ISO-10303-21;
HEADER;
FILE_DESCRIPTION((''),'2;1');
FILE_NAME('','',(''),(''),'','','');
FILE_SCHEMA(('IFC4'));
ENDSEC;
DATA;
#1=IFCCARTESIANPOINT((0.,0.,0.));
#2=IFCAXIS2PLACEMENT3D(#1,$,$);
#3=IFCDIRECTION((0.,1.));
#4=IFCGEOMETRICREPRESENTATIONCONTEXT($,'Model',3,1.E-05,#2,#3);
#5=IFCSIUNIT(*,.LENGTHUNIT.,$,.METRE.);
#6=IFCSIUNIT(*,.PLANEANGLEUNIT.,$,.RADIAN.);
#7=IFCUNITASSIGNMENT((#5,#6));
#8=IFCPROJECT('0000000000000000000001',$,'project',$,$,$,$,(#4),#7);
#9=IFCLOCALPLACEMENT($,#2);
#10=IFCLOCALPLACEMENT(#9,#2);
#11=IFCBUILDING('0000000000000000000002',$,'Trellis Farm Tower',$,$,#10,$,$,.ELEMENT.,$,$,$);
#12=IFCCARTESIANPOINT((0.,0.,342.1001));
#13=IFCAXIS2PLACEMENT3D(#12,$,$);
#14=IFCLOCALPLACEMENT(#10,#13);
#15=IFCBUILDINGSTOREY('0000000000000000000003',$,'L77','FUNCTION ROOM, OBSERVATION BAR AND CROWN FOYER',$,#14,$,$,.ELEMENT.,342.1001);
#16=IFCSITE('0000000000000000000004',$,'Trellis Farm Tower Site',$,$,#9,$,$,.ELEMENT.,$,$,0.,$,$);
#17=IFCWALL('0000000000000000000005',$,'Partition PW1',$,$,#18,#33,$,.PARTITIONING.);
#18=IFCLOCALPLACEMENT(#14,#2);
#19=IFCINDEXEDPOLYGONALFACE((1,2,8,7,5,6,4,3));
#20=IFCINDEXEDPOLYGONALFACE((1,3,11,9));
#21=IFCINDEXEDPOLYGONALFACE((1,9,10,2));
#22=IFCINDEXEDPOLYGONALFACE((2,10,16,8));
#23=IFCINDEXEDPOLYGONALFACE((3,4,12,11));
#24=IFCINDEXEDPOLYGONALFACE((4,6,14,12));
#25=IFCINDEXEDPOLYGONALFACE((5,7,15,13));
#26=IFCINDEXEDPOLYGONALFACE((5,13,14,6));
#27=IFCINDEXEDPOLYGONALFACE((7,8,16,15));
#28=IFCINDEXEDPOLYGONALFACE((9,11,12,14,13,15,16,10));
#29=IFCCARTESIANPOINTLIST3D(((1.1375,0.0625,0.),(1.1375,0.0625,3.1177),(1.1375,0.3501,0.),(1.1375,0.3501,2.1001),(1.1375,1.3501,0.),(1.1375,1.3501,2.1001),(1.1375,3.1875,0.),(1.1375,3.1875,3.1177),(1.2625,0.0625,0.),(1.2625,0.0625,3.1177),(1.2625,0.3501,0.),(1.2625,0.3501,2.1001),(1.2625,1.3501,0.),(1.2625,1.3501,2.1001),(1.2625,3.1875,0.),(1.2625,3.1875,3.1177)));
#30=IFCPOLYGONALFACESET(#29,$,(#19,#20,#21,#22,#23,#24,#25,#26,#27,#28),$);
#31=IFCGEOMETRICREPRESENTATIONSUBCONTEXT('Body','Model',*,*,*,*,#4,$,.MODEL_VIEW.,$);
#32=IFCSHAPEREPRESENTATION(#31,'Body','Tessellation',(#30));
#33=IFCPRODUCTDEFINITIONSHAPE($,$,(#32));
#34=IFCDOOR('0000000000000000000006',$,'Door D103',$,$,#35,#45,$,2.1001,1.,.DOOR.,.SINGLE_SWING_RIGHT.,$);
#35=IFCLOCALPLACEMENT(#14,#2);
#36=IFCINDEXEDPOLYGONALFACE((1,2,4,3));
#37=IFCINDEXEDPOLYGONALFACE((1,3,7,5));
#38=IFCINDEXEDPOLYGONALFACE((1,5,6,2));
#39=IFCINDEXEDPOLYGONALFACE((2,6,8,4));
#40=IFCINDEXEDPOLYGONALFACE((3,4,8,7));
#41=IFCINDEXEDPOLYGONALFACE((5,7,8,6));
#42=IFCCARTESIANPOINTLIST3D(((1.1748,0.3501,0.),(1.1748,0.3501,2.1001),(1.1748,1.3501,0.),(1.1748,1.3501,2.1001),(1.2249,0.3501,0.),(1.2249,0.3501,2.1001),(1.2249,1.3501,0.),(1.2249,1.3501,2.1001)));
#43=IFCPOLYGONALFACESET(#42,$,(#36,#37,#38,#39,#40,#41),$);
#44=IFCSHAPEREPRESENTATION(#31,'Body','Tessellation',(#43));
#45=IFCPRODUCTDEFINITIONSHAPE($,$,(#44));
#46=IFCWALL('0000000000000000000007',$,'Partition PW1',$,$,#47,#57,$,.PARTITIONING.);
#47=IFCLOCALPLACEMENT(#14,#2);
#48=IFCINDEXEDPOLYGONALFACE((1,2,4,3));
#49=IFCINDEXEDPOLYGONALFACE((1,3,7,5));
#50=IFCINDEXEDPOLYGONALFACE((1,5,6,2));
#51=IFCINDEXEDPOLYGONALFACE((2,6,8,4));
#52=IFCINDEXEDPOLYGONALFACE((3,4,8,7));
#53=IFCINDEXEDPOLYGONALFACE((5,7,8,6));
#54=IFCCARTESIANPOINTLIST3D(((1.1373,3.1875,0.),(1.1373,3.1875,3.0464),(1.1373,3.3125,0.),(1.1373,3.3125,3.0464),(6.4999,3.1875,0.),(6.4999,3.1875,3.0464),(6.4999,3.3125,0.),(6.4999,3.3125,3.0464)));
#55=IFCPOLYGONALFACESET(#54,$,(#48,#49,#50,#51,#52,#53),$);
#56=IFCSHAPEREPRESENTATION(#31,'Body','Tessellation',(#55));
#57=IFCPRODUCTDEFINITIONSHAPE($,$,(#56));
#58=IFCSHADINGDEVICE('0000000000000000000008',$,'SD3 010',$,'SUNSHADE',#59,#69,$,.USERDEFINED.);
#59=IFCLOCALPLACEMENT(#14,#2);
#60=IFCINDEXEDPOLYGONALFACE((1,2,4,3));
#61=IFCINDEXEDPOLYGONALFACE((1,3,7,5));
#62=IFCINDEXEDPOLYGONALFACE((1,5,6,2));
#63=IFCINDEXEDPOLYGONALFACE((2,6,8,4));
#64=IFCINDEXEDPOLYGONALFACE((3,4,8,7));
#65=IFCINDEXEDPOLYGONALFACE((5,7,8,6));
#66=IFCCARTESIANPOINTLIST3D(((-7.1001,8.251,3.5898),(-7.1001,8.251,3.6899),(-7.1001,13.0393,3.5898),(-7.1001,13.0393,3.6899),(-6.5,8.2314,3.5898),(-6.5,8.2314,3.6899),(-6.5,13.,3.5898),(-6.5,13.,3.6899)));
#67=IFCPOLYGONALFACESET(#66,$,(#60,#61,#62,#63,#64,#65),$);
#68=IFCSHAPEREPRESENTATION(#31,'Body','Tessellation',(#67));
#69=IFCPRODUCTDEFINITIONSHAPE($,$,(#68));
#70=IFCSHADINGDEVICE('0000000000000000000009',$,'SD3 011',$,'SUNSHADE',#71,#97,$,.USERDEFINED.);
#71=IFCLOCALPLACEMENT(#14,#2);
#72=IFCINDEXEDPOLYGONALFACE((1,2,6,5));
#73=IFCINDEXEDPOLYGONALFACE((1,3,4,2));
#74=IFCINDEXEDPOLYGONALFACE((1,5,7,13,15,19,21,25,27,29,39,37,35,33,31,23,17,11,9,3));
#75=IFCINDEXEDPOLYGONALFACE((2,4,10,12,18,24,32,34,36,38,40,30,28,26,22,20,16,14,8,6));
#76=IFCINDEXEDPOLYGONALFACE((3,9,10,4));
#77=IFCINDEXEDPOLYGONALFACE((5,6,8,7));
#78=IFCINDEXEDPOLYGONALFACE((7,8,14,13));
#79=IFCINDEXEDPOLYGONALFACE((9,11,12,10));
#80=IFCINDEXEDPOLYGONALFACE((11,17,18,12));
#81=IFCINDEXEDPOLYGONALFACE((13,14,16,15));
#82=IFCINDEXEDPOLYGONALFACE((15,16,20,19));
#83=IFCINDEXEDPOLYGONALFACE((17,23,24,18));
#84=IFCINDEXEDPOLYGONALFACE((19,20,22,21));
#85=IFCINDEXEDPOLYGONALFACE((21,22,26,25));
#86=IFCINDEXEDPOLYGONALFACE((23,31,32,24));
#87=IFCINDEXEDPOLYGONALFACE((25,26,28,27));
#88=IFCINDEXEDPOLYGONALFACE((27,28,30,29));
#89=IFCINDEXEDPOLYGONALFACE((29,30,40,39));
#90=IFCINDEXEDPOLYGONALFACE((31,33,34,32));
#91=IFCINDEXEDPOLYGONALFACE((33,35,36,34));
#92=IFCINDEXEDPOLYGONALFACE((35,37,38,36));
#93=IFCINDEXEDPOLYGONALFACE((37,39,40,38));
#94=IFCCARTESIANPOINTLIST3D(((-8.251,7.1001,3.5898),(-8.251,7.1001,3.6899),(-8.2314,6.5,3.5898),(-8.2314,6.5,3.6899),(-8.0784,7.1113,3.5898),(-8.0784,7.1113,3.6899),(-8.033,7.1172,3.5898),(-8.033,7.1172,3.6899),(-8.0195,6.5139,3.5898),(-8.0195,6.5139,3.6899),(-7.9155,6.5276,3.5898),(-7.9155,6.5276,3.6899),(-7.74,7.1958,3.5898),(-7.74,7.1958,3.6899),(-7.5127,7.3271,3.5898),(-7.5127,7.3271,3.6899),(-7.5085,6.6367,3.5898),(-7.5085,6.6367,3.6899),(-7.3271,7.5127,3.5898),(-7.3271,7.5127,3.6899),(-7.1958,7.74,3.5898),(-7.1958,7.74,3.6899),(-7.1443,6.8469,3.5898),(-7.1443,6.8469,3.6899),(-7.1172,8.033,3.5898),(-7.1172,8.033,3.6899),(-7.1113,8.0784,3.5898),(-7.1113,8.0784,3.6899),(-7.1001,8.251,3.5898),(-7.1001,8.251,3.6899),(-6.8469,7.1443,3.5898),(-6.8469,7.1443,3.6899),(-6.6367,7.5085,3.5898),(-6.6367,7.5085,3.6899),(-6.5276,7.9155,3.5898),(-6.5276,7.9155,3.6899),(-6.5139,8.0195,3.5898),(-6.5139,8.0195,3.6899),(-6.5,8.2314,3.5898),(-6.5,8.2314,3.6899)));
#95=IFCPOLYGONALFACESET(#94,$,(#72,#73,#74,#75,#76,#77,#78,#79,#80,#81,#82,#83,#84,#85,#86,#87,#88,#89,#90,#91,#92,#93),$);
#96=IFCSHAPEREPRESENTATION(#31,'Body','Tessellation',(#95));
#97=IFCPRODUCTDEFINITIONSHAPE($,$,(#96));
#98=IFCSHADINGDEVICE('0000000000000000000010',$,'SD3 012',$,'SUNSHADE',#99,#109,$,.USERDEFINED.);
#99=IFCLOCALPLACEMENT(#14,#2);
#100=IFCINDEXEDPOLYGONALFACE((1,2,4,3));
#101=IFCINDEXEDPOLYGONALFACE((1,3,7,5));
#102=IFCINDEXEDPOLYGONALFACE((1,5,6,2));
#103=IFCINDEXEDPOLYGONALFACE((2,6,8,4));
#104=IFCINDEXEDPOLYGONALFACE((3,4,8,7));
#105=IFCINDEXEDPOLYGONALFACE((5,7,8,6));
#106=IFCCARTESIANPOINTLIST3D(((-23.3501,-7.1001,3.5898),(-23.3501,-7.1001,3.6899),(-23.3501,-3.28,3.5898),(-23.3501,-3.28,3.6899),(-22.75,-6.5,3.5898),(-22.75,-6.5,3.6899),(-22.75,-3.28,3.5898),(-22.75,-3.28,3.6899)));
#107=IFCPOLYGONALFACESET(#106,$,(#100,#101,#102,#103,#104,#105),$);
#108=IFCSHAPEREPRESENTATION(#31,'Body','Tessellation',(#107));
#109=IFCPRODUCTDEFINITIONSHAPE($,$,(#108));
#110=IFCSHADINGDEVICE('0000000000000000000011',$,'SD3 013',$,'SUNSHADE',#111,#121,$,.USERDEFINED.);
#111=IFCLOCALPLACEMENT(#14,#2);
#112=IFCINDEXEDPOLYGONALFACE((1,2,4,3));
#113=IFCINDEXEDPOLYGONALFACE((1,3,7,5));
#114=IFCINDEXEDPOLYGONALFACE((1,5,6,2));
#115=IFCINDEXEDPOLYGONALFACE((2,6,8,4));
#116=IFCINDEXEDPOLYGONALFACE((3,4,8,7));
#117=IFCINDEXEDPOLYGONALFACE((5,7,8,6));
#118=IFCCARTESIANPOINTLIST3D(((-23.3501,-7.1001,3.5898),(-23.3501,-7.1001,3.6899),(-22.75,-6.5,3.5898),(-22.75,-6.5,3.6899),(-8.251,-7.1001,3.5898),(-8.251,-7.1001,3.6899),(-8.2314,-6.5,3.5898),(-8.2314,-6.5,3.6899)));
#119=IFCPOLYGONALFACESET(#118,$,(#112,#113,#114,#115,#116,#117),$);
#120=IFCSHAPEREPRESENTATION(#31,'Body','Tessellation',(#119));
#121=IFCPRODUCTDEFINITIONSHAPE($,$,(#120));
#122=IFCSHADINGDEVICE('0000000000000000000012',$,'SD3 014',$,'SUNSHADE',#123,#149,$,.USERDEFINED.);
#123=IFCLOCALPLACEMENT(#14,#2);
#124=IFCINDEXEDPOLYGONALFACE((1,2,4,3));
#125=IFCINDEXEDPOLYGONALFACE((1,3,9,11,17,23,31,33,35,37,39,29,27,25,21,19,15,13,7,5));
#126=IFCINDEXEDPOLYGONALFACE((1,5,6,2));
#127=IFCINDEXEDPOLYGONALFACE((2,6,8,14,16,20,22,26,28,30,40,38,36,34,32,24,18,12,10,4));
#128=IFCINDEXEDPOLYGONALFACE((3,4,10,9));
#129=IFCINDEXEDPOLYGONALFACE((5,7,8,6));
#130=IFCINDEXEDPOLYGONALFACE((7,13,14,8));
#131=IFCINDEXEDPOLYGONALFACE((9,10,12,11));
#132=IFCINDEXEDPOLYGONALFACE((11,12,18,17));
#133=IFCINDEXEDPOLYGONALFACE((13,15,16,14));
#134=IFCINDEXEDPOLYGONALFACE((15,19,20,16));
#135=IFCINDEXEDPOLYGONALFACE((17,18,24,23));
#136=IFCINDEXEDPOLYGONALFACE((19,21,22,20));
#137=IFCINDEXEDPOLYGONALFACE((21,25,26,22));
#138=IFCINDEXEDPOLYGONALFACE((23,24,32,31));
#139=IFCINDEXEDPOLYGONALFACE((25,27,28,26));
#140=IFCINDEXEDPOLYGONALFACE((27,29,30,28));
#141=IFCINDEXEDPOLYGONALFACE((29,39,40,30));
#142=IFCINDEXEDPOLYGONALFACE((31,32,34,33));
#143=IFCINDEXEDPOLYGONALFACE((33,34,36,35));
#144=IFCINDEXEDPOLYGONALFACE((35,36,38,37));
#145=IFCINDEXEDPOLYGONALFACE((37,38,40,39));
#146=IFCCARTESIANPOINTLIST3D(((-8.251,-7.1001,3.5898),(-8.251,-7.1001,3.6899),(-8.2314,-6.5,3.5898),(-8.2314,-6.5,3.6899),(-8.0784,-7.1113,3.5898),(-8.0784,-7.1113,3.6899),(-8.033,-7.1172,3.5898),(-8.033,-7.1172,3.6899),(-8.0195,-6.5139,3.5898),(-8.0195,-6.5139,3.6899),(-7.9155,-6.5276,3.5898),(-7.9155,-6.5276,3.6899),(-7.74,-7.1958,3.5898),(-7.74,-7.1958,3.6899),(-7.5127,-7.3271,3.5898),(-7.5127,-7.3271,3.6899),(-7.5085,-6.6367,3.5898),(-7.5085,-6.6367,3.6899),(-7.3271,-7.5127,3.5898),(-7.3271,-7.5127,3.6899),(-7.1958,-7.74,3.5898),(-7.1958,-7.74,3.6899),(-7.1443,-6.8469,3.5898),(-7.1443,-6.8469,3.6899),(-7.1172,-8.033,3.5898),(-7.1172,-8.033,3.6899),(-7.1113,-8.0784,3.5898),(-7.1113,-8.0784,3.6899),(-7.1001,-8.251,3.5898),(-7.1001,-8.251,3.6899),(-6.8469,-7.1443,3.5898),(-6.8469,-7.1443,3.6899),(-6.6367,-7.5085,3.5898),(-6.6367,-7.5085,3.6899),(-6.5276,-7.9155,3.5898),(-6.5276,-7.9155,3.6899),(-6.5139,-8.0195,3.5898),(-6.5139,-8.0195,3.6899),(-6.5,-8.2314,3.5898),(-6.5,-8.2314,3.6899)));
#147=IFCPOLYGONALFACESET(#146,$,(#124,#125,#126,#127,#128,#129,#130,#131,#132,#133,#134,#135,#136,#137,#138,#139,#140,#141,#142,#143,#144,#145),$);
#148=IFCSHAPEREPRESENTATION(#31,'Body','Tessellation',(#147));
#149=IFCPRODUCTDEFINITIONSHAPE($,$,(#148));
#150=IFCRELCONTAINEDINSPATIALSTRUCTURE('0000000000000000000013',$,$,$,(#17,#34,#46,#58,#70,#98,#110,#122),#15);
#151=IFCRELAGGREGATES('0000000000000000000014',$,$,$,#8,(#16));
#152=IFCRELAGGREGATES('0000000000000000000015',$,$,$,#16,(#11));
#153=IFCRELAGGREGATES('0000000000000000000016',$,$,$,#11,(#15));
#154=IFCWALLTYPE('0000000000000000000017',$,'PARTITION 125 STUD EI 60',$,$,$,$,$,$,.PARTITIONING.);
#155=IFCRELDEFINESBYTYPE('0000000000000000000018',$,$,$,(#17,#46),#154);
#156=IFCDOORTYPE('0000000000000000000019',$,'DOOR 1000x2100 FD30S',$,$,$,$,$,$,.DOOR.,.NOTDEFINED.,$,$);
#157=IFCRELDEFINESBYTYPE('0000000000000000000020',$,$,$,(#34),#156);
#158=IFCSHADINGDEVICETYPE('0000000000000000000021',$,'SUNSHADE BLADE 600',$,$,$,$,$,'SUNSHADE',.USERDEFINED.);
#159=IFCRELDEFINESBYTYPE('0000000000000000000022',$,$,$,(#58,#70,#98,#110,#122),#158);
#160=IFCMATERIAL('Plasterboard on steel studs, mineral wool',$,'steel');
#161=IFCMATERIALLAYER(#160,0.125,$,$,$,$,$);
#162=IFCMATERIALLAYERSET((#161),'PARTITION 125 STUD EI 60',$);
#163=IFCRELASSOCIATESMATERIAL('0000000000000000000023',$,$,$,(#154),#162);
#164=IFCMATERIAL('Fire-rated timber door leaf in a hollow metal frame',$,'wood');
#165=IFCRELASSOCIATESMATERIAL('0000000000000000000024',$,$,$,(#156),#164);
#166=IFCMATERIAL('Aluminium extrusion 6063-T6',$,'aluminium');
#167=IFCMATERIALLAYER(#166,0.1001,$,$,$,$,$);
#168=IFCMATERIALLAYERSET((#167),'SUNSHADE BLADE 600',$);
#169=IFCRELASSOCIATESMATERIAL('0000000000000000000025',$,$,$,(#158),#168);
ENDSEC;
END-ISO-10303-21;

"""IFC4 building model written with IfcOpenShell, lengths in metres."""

from ifc_helpers import new_model, si_unit, direction, frame, frame_2d, origin, place, context, subcontext, project, spatial, polyline, rectangle, outline, extrude, source, transform, mapped, material, layer, layer_set, type_object, element, fill, save


model = new_model("IFC4")

# Units and contexts
model_context = context("Model", 3, precision=1e-05, world=origin(), true_north=direction((0.0, 1.0)))
body_context = subcontext(model_context, "Body", "Model", "MODEL_VIEW")
ifc_project = project(units=[si_unit("LENGTHUNIT", "METRE"), si_unit("PLANEANGLEUNIT", "RADIAN")], contexts=[model_context])

# Site, building, storey
site_placement = place(None, origin())
site = spatial("IfcSite", under=ifc_project, at=site_placement, Name="Trellis Farm Tower Site", CompositionType="ELEMENT", RefElevation=0.0)
building_placement = place(site_placement, origin())
building = spatial("IfcBuilding", under=site, at=building_placement, Name="Trellis Farm Tower", CompositionType="ELEMENT")
storey_placement = place(building_placement, frame((0.0, 0.0, 342.1001)))
storey = spatial("IfcBuildingStorey", under=building, at=storey_placement, Name="L77", Description="FUNCTION ROOM, OBSERVATION BAR AND CROWN FOYER", CompositionType="ELEMENT", Elevation=342.1001)

# Shared definitions
ifc_material_1 = material(Name="Aluminium extrusion 6063-T6", Category="aluminium")

# Wall, opening, door
ifc_material_2 = material(Name="Plasterboard on steel studs, mineral wool", Category="steel")
ifc_layer_1 = layer(ifc_material_2, 0.125)
ifc_layer_set_1 = layer_set([ifc_layer_1], Name="PARTITION 125 STUD EI 60")
wall_type = type_object("IfcWallType", Name="PARTITION 125 STUD EI 60", PredefinedType="PARTITIONING", material=ifc_layer_set_1)
shared_shape_1 = source(origin(), body_context, "Body", "SweptSolid", [
    extrude(rectangle(XDim=3.125, YDim=0.125, at=frame_2d((1.5625, 0.0))), origin(), (0.0, 0.0, 1.0), 3.1177),
])
wall_1_placement = place(storey_placement, frame((1.2, 3.1875, 0.0), z_axis=(0.0, 0.0, 1.0), x_axis=(0.0, -1.0, 0.0)))
wall_1 = element("IfcWall", 1, at=wall_1_placement, inside=storey, type_object=wall_type, Name="Partition PW1", PredefinedType="PARTITIONING", context=body_context, shape_type="MappedRepresentation", body=[
    mapped(shared_shape_1, transform((0.0, 0.0, 0.0))),
])
shared_shape_2 = source(origin(), body_context, "Body", "SweptSolid", [
    extrude(rectangle(XDim=1.0, YDim=2.1001, at=frame_2d((0.5, 1.05))), frame((0.0, 0.0725, 0.0), z_axis=(0.0, -1.0, 0.0), x_axis=(1.0, 0.0, 0.0)), (0.0, 0.0, 1.0), 0.145),
])
opening_placement = place(wall_1_placement, frame((1.8374, 0.0, 0.0)))
opening = element("IfcOpeningElement", 2, at=opening_placement, cuts=wall_1, PredefinedType="OPENING", context=body_context, shape_type="MappedRepresentation", body=[
    mapped(shared_shape_2, transform((0.0, 0.0, 0.0))),
])
ifc_material_3 = material(Name="Fire-rated timber door leaf in a hollow metal frame", Category="wood")
door_type = type_object("IfcDoorType", Name="DOOR 1000x2100 FD30S", OperationType="NOTDEFINED", PredefinedType="DOOR", material=ifc_material_3)
shared_shape_3 = source(origin(), body_context, "Body", "SweptSolid", [
    extrude(rectangle(XDim=1.0, YDim=2.1001, at=frame_2d((0.5, 1.05))), frame((0.0, 0.0249, 0.0), z_axis=(0.0, -1.0, 0.0), x_axis=(1.0, 0.0, 0.0)), (0.0, 0.0, 1.0), 0.05),
])
door_placement = place(opening_placement, origin())
door = element("IfcDoor", 3, at=door_placement, inside=storey, type_object=door_type, Name="Door D103", OperationType="SINGLE_SWING_RIGHT", OverallHeight=2.1001, OverallWidth=1.0, PredefinedType="DOOR", context=body_context, shape_type="MappedRepresentation", body=[
    mapped(shared_shape_3, transform((0.0, 0.0, 0.0))),
])
fill(opening, door)

# Wall
shared_shape_4 = source(origin(), body_context, "Body", "SweptSolid", [
    extrude(rectangle(XDim=5.3625, YDim=0.125, at=frame_2d((2.6812, 0.0))), origin(), (0.0, 0.0, 1.0), 3.0464),
])
wall_2_placement = place(storey_placement, frame((1.1375, 3.25, 0.0), z_axis=(0.0, 0.0, 1.0), x_axis=(1.0, 0.0, 0.0)))
element("IfcWall", 4, at=wall_2_placement, inside=storey, type_object=wall_type, Name="Partition PW1", PredefinedType="PARTITIONING", context=body_context, shape_type="MappedRepresentation", body=[
    mapped(shared_shape_4, transform((0.0, 0.0, 0.0))),
])

# Shading devices
ifc_layer_2 = layer(ifc_material_1, 0.1001)
ifc_layer_set_2 = layer_set([ifc_layer_2], Name="SUNSHADE BLADE 600")
shading_device_type = type_object("IfcShadingDeviceType", Name="SUNSHADE BLADE 600", ElementType="SUNSHADE", PredefinedType="USERDEFINED", material=ifc_layer_set_2)
shared_shape_5 = source(origin(), body_context, "Body", "SweptSolid", [
    extrude(outline(polyline([(-7.1001, 13.0393), (-7.1001, 8.251), (-6.5, 8.2314), (-6.5, 13.0), (-7.1001, 13.0393)])), origin(), (0.0, 0.0, 1.0), 0.1001),
])
placement_1 = place(storey_placement, frame((0.0, 0.0, 3.5898)))
element("IfcShadingDevice", 5, at=placement_1, inside=storey, type_object=shading_device_type, Name="SD3 010", ObjectType="SUNSHADE", PredefinedType="USERDEFINED", context=body_context, shape_type="MappedRepresentation", body=[
    mapped(shared_shape_5, transform((0.0, 0.0, 0.0))),
])
shared_shape_6 = source(origin(), body_context, "Body", "SweptSolid", [
    extrude(outline(polyline([(-7.1001, 8.251), (-7.1113, 8.0784), (-7.1172, 8.033), (-7.1958, 7.74), (-7.3271, 7.5127), (-7.5127, 7.3271), (-7.74, 7.1958), (-8.033, 7.1172), (-8.0784, 7.1113), (-8.251, 7.1001), (-8.2314, 6.5), (-8.0195, 6.5139), (-7.9155, 6.5276), (-7.5085, 6.6367), (-7.1443, 6.8469), (-6.8469, 7.1443), (-6.6367, 7.5085), (-6.5276, 7.9155), (-6.5139, 8.0195), (-6.5, 8.2314), (-7.1001, 8.251)])), origin(), (0.0, 0.0, 1.0), 0.1001),
])
element("IfcShadingDevice", 6, at=placement_1, inside=storey, type_object=shading_device_type, Name="SD3 011", ObjectType="SUNSHADE", PredefinedType="USERDEFINED", context=body_context, shape_type="MappedRepresentation", body=[
    mapped(shared_shape_6, transform((0.0, 0.0, 0.0))),
])
shared_shape_7 = source(origin(), body_context, "Body", "SweptSolid", [
    extrude(outline(polyline([(-23.3501, -3.28), (-23.3501, -7.1001), (-22.75, -6.5), (-22.75, -3.28), (-23.3501, -3.28)])), origin(), (0.0, 0.0, 1.0), 0.1001),
])
element("IfcShadingDevice", 7, at=placement_1, inside=storey, type_object=shading_device_type, Name="SD3 012", ObjectType="SUNSHADE", PredefinedType="USERDEFINED", context=body_context, shape_type="MappedRepresentation", body=[
    mapped(shared_shape_7, transform((0.0, 0.0, 0.0))),
])
shared_shape_8 = source(origin(), body_context, "Body", "SweptSolid", [
    extrude(outline(polyline([(-23.3501, -7.1001), (-8.251, -7.1001), (-8.2314, -6.5), (-22.75, -6.5), (-23.3501, -7.1001)])), origin(), (0.0, 0.0, 1.0), 0.1001),
])
element("IfcShadingDevice", 8, at=placement_1, inside=storey, type_object=shading_device_type, Name="SD3 013", ObjectType="SUNSHADE", PredefinedType="USERDEFINED", context=body_context, shape_type="MappedRepresentation", body=[
    mapped(shared_shape_8, transform((0.0, 0.0, 0.0))),
])
shared_shape_9 = source(origin(), body_context, "Body", "SweptSolid", [
    extrude(outline(polyline([(-8.251, -7.1001), (-8.0784, -7.1113), (-8.033, -7.1172), (-7.74, -7.1958), (-7.5127, -7.3271), (-7.3271, -7.5127), (-7.1958, -7.74), (-7.1172, -8.033), (-7.1113, -8.0784), (-7.1001, -8.251), (-6.5, -8.2314), (-6.5139, -8.0195), (-6.5276, -7.9155), (-6.6367, -7.5085), (-6.8469, -7.1443), (-7.1443, -6.8469), (-7.5085, -6.6367), (-7.9155, -6.5276), (-8.0195, -6.5139), (-8.2314, -6.5), (-8.251, -7.1001)])), origin(), (0.0, 0.0, 1.0), 0.1001),
])
element("IfcShadingDevice", 9, at=placement_1, inside=storey, type_object=shading_device_type, Name="SD3 014", ObjectType="SUNSHADE", PredefinedType="USERDEFINED", context=body_context, shape_type="MappedRepresentation", body=[
    mapped(shared_shape_9, transform((0.0, 0.0, 0.0))),
])

save(model, "model.ifc")
